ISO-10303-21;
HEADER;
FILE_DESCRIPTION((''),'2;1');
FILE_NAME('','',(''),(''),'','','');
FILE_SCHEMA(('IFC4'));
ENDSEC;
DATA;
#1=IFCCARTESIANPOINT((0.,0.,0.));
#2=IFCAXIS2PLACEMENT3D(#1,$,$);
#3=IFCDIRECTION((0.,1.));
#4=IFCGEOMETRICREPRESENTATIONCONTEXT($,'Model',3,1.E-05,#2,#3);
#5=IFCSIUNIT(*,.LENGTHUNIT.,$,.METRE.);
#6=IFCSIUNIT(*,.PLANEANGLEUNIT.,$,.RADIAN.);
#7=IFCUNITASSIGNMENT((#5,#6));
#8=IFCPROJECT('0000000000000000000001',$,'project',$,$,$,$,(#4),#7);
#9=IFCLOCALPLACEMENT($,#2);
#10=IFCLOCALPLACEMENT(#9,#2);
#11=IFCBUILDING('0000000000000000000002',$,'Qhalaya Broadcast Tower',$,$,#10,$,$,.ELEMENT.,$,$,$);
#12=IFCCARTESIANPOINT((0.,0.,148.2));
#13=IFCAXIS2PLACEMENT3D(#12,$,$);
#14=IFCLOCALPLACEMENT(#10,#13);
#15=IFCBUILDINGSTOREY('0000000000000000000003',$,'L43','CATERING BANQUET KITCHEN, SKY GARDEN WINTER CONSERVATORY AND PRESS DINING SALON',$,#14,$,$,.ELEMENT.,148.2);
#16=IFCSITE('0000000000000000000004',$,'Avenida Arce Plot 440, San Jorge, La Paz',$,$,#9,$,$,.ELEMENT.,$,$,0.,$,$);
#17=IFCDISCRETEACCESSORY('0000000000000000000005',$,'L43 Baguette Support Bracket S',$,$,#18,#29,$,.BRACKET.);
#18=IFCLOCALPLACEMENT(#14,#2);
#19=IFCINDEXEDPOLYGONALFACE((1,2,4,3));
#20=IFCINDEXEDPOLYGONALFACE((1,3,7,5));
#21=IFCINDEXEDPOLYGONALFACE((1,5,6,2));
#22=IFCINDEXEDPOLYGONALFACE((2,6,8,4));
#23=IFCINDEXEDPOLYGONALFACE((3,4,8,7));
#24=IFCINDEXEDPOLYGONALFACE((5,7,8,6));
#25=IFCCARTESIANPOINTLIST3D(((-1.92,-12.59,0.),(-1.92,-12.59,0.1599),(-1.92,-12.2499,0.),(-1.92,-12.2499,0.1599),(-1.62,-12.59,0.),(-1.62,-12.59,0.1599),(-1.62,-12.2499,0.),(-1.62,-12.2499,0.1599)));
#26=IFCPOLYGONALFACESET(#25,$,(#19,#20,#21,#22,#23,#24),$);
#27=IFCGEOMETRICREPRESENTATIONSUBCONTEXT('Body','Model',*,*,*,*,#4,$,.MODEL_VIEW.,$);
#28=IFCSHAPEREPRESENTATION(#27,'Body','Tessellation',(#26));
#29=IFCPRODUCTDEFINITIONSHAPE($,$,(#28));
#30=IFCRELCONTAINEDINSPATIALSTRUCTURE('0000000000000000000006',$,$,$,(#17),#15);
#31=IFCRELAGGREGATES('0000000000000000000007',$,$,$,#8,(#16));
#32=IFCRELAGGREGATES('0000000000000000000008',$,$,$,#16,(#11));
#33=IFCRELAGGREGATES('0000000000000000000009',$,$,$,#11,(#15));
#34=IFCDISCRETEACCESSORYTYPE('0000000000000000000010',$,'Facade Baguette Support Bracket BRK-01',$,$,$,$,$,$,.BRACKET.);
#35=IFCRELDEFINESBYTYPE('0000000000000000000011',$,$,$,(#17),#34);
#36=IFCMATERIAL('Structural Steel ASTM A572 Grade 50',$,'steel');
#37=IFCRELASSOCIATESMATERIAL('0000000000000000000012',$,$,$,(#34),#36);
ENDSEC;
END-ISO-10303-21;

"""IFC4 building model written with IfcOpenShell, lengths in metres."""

from ifc_helpers import new_model, si_unit, direction, frame, origin, origin_2d, place, context, subcontext, project, spatial, rectangle, extrude, material, type_object, element, save


model = new_model("IFC4")

# Units and contexts
model_context = context("Model", 3, precision=1e-05, world=origin(), true_north=direction((0.0, 1.0)))
body_context = subcontext(model_context, "Body", "Model", "MODEL_VIEW")
ifc_project = project(units=[si_unit("LENGTHUNIT", "METRE"), si_unit("PLANEANGLEUNIT", "RADIAN")], contexts=[model_context])

# Site, building, storey
site_placement = place(None, origin())
site = spatial("IfcSite", under=ifc_project, at=site_placement, Name="Avenida Arce Plot 440, San Jorge, La Paz", CompositionType="ELEMENT", RefElevation=0.0)
building_placement = place(site_placement, origin())
building = spatial("IfcBuilding", under=site, at=building_placement, Name="Qhalaya Broadcast Tower", CompositionType="ELEMENT")
storey_placement = place(building_placement, frame((0.0, 0.0, 148.2)))
storey = spatial("IfcBuildingStorey", under=building, at=storey_placement, Name="L43", Description="CATERING BANQUET KITCHEN, SKY GARDEN WINTER CONSERVATORY AND PRESS DINING SALON", CompositionType="ELEMENT", Elevation=148.2)

# Shared definitions
ifc_material_1 = material(Name="Structural Steel ASTM A572 Grade 50", Category="steel")

# Discrete accessory
discrete_accessory_type = type_object("IfcDiscreteAccessoryType", Name="Facade Baguette Support Bracket BRK-01", PredefinedType="BRACKET", material=ifc_material_1)
discrete_accessory_placement = place(storey_placement, frame((-1.77, -12.4199, 0.0), z_axis=(0.0, 0.0, 1.0), x_axis=(1.0, 0.0, 0.0)))
element("IfcDiscreteAccessory", 1, at=discrete_accessory_placement, inside=storey, type_object=discrete_accessory_type, Name="L43 Baguette Support Bracket S", PredefinedType="BRACKET", context=body_context, shape_type="SweptSolid", body=[
    extrude(rectangle(XDim=0.3, YDim=0.3401, at=origin_2d()), origin(), (0.0, 0.0, 1.0), 0.1599),
])

save(model, "model.ifc")
